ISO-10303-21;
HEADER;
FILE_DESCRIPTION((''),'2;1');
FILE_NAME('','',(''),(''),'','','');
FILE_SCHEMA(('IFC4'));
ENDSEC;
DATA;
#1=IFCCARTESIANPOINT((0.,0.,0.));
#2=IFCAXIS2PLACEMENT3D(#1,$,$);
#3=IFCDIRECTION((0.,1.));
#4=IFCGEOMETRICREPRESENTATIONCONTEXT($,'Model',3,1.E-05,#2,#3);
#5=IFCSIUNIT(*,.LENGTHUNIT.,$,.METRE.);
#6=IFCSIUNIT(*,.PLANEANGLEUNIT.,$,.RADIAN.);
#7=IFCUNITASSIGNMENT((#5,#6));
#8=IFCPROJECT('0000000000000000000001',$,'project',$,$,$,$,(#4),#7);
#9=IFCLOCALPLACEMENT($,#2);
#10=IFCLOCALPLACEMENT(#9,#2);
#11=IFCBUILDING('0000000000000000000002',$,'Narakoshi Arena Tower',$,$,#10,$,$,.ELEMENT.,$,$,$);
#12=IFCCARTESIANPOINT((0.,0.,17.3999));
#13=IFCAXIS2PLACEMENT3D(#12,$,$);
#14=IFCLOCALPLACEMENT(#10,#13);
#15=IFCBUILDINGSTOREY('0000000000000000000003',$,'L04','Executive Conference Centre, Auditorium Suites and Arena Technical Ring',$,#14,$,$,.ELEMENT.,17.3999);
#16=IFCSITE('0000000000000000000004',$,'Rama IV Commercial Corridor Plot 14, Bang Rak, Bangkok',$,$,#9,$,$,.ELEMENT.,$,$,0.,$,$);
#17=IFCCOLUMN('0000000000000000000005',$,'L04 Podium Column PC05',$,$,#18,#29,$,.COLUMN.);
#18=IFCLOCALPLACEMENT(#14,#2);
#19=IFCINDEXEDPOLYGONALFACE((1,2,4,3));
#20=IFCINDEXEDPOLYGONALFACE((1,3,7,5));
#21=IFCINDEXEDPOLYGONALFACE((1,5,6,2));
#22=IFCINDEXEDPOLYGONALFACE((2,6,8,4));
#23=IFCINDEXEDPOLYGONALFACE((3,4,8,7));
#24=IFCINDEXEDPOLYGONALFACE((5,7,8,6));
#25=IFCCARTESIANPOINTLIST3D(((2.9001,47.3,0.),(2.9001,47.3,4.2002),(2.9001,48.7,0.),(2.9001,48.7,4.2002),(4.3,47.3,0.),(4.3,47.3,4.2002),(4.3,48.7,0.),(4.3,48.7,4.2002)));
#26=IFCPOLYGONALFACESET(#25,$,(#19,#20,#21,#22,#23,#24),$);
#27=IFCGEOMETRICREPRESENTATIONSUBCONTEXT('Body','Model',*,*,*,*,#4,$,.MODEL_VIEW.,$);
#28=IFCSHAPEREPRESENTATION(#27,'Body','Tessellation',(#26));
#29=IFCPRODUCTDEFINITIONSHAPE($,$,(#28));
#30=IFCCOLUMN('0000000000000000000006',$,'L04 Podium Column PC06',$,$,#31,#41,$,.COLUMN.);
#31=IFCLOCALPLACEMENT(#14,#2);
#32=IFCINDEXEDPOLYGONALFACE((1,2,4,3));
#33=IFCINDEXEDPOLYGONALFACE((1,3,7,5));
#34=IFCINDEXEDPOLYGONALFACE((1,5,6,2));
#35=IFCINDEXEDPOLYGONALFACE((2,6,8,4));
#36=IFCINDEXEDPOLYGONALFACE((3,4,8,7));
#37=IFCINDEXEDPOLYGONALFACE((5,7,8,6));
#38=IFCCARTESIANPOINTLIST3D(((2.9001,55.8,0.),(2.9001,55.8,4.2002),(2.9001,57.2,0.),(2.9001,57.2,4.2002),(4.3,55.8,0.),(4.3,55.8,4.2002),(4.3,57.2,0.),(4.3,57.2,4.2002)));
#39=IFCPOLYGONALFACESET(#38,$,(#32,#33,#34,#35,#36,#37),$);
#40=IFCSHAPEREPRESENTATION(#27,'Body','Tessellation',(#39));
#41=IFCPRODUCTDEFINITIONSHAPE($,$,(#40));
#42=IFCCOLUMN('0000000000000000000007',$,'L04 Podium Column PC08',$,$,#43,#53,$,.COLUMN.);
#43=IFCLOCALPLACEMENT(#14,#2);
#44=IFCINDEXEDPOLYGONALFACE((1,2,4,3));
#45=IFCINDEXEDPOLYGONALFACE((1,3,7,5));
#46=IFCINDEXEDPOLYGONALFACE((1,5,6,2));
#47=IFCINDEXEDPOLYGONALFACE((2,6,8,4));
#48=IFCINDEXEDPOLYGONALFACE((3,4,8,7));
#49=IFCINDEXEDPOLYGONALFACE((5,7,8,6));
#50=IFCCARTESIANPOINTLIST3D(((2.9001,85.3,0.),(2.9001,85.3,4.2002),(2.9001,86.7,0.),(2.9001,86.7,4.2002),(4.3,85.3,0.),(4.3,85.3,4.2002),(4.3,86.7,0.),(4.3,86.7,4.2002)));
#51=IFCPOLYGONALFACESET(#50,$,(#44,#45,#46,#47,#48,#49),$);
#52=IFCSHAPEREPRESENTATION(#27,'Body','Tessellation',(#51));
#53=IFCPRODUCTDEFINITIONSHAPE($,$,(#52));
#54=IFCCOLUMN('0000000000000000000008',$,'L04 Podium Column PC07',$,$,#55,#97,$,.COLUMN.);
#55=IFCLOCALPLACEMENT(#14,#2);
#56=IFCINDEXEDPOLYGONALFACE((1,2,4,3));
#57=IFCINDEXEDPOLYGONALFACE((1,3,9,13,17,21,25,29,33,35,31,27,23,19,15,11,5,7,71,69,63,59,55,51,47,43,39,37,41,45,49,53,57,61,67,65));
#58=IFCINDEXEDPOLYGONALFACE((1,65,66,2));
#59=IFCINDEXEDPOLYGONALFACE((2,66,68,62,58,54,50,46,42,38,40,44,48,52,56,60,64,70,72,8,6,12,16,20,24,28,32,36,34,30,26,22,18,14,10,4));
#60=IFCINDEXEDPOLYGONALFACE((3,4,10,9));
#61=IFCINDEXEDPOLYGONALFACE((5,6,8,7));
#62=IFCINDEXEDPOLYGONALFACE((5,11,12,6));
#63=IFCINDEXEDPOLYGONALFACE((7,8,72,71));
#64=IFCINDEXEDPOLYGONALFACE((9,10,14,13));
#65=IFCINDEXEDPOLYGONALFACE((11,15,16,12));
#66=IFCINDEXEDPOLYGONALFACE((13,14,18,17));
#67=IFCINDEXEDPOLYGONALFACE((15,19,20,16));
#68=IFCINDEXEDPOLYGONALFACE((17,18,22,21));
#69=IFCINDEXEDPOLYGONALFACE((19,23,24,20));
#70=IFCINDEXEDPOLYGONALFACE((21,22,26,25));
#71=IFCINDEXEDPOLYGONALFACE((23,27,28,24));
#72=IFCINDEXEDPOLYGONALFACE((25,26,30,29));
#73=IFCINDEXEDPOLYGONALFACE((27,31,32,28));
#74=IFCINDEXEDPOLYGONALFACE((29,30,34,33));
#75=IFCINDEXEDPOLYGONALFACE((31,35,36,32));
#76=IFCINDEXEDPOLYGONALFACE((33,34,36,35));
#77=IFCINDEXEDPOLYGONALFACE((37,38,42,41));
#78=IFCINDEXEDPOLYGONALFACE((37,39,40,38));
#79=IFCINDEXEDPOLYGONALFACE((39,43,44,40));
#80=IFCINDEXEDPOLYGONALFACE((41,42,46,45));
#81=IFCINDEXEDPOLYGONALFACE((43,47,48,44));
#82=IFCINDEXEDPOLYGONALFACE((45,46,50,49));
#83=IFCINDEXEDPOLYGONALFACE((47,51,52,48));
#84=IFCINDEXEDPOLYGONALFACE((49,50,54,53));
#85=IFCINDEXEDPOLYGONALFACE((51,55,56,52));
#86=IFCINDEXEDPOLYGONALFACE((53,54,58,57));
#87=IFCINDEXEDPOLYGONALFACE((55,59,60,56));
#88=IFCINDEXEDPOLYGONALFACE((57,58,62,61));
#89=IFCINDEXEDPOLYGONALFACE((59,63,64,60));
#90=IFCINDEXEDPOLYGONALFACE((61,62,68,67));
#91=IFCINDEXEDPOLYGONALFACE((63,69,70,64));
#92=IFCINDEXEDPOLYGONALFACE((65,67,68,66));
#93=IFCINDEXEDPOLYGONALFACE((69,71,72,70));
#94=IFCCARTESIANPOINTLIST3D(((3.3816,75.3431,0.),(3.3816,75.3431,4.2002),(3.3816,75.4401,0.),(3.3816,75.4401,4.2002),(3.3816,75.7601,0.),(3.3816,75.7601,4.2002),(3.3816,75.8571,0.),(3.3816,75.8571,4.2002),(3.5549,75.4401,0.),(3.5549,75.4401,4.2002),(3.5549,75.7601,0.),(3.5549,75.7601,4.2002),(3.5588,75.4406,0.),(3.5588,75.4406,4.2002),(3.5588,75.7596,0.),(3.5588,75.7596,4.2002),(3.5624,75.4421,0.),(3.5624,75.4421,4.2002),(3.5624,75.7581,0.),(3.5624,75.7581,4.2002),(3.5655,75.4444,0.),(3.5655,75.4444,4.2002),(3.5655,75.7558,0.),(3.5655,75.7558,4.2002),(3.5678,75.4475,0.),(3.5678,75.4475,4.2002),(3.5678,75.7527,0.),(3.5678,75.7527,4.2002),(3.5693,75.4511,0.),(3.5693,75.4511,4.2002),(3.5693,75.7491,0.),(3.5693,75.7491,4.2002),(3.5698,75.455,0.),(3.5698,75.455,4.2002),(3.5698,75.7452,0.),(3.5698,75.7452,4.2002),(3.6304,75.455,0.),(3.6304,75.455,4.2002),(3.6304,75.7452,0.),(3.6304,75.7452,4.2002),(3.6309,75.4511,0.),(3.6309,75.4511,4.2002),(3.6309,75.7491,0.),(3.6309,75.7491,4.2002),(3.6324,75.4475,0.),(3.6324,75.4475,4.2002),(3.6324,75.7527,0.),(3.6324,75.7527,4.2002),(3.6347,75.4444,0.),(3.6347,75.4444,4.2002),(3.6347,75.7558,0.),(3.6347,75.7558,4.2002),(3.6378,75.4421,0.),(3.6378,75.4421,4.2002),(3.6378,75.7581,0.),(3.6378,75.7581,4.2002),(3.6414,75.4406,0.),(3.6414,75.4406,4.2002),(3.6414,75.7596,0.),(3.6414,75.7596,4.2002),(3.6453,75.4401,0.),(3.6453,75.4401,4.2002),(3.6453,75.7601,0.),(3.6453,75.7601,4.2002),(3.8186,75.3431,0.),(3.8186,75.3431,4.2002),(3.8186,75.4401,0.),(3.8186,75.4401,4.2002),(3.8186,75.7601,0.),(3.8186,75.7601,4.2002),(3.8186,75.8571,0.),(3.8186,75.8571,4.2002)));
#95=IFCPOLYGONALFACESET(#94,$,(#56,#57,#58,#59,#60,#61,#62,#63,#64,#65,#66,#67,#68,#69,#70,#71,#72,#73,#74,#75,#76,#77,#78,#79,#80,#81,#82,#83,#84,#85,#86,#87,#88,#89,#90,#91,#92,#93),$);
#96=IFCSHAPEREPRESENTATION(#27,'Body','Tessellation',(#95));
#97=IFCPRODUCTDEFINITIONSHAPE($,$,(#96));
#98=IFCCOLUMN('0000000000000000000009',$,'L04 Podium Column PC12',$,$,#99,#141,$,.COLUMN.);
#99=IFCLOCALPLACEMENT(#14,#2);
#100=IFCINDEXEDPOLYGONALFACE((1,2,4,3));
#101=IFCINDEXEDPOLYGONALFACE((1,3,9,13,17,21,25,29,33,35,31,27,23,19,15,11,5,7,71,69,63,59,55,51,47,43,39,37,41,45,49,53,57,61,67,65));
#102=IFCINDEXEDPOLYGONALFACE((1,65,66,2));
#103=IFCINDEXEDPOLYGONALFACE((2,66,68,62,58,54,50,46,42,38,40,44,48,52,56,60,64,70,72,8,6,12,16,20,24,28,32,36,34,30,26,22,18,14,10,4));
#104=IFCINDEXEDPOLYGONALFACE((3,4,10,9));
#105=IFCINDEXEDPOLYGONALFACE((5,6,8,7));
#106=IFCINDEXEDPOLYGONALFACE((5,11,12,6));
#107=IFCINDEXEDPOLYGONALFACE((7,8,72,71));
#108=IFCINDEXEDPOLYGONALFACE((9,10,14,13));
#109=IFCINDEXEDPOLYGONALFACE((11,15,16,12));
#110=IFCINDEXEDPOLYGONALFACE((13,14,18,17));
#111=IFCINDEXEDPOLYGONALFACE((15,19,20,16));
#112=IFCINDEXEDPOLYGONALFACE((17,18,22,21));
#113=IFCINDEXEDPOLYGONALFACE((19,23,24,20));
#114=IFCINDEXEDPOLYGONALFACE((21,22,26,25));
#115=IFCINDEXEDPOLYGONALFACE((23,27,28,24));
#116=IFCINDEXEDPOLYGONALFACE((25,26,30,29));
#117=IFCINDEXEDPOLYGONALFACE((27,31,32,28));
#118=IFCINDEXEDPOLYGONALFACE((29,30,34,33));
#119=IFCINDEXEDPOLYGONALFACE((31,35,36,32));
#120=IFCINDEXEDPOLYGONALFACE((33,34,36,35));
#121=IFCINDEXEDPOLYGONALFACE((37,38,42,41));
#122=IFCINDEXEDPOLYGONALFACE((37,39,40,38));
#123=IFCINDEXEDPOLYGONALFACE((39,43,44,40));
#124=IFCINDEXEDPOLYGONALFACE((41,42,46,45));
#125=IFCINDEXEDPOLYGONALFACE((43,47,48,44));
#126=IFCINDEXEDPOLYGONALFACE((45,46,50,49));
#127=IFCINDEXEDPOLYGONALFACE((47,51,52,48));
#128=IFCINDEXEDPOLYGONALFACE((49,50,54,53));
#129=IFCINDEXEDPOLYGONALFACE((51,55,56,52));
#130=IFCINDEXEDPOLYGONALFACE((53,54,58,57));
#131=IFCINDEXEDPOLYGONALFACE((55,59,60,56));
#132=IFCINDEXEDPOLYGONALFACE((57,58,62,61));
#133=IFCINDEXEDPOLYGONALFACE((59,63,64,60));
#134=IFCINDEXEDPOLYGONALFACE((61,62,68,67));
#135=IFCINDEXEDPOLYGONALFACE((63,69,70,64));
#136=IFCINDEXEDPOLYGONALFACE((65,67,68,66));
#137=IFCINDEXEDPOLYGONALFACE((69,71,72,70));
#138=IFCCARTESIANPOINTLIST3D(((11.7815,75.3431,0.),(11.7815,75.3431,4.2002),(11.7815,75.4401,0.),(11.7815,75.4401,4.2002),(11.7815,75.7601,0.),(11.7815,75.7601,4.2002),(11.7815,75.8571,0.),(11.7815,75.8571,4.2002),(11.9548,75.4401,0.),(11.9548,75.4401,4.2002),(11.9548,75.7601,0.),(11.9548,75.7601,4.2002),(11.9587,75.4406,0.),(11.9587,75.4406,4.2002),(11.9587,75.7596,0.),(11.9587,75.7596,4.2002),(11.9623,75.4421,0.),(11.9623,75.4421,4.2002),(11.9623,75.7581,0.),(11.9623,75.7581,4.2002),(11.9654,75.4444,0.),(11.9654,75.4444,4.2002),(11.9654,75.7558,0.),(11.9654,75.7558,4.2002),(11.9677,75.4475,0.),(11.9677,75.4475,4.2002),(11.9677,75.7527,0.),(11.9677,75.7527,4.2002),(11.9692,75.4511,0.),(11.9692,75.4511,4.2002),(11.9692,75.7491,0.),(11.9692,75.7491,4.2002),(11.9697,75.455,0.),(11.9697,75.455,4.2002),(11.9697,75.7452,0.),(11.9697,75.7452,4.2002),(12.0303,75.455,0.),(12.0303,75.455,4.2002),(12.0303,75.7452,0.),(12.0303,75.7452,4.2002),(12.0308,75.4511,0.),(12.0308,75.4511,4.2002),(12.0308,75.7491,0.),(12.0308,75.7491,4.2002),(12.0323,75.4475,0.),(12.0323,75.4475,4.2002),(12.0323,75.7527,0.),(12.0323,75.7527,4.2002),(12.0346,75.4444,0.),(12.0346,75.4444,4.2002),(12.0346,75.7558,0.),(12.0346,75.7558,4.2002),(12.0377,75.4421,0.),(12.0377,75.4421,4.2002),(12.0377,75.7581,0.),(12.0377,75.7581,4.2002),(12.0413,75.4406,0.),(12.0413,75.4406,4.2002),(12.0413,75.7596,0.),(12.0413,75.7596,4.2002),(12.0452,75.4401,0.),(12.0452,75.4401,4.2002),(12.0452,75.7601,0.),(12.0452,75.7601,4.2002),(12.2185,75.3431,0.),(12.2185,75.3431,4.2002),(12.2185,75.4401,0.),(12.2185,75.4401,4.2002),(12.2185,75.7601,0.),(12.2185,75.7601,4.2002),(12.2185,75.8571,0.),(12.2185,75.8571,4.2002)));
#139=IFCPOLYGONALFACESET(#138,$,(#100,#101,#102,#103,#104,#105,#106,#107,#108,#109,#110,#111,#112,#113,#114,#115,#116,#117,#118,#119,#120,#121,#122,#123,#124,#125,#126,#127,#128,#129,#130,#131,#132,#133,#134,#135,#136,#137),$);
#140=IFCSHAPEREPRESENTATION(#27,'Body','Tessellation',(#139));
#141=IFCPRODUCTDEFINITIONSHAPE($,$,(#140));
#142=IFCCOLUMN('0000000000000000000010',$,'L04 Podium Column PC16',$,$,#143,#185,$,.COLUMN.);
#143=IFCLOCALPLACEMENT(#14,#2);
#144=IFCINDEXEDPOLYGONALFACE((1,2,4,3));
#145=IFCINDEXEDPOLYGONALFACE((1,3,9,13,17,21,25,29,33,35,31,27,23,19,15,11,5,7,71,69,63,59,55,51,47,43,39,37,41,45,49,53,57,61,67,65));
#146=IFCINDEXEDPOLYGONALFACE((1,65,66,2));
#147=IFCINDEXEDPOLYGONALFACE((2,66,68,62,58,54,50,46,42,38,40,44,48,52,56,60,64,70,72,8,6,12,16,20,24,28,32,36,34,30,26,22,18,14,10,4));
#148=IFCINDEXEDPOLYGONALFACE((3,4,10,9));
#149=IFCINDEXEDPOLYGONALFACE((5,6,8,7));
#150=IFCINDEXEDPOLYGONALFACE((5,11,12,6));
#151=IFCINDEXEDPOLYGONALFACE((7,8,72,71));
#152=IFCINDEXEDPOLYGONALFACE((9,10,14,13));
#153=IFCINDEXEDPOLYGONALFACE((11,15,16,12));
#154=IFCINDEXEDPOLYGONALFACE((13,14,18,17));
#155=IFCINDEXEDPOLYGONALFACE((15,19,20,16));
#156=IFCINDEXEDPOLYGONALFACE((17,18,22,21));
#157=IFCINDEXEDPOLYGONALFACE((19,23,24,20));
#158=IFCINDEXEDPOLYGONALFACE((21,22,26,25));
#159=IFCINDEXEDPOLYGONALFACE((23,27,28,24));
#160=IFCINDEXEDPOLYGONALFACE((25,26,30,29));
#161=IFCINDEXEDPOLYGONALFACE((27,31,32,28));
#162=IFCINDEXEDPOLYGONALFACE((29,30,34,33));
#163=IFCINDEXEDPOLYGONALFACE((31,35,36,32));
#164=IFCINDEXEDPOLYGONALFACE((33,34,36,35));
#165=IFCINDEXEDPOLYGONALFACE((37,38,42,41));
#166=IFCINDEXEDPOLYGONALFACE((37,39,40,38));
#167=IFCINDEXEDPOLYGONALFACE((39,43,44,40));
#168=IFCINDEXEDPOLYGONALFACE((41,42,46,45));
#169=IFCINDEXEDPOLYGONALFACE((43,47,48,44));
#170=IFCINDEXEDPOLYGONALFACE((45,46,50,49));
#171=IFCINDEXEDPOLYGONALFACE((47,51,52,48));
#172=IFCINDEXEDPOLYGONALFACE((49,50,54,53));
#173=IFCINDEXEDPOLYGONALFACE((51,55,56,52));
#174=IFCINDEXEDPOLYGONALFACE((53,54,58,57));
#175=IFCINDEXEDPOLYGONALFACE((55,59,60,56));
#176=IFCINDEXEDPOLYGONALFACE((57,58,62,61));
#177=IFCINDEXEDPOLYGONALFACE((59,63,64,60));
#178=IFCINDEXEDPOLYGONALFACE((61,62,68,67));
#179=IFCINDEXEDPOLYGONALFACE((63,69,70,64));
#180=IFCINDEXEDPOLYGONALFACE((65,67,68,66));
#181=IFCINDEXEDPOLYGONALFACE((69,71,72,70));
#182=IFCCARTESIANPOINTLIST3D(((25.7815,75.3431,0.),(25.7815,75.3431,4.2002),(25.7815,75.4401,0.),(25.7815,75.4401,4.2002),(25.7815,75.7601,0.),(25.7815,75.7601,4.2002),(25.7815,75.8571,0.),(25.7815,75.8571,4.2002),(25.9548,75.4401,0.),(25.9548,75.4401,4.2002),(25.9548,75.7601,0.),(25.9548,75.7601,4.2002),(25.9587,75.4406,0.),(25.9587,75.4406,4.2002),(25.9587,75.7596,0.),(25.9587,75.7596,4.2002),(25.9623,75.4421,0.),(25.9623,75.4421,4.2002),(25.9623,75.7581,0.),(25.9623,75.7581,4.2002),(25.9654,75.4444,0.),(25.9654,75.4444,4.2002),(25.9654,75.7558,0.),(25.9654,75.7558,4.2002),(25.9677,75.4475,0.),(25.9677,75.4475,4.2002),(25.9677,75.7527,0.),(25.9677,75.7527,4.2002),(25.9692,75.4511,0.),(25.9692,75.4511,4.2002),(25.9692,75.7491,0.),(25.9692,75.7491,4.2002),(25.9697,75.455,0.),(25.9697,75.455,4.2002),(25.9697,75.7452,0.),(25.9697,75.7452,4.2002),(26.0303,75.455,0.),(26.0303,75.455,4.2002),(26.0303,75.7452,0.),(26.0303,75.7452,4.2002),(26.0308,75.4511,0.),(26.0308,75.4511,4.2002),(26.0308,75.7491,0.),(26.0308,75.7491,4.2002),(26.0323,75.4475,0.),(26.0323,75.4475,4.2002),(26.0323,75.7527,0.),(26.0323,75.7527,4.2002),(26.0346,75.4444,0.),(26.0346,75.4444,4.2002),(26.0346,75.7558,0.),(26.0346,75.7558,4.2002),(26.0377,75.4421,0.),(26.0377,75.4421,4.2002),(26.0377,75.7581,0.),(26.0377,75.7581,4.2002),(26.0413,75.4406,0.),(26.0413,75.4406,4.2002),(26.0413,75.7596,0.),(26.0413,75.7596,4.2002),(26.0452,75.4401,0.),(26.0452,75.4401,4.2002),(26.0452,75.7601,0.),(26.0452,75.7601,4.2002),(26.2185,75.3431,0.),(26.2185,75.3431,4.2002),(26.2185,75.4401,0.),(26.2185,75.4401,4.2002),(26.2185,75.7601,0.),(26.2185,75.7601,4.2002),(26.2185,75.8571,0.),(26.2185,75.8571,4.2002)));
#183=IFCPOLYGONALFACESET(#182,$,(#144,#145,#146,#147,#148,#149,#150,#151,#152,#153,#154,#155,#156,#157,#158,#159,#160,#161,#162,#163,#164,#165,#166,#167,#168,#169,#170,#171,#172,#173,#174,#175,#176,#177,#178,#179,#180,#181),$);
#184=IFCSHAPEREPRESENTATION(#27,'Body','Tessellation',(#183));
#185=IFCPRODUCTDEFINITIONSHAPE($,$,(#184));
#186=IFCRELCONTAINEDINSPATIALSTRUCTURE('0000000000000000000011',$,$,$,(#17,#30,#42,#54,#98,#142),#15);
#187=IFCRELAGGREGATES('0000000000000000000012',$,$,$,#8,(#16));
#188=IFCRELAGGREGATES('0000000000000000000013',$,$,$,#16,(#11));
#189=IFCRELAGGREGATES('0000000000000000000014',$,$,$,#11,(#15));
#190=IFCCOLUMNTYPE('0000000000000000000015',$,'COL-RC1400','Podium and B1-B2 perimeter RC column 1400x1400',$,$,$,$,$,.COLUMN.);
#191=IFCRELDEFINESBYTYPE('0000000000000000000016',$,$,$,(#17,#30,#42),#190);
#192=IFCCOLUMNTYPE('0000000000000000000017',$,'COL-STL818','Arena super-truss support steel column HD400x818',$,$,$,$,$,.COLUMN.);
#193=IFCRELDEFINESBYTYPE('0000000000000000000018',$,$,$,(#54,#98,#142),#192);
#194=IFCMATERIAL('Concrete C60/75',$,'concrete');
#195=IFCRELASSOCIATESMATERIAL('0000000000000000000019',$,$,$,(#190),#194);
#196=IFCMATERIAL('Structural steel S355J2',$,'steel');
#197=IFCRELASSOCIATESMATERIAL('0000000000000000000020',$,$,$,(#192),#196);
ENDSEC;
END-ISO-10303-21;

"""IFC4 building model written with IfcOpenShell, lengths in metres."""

from ifc_helpers import new_model, si_unit, direction, frame, origin, origin_2d, place, context, subcontext, project, spatial, rectangle, i_section, extrude, material, material_profile, profile_set, type_object, element, save


model = new_model("IFC4")

# Units and contexts
model_context = context("Model", 3, precision=1e-05, world=origin(), true_north=direction((0.0, 1.0)))
body_context = subcontext(model_context, "Body", "Model", "MODEL_VIEW")
ifc_project = project(units=[si_unit("LENGTHUNIT", "METRE"), si_unit("PLANEANGLEUNIT", "RADIAN")], contexts=[model_context])

# Site, building, storey
site_placement = place(None, origin())
site = spatial("IfcSite", under=ifc_project, at=site_placement, Name="Rama IV Commercial Corridor Plot 14, Bang Rak, Bangkok", CompositionType="ELEMENT", RefElevation=0.0)
building_placement = place(site_placement, origin())
building = spatial("IfcBuilding", under=site, at=building_placement, Name="Narakoshi Arena Tower", CompositionType="ELEMENT")
storey_placement = place(building_placement, frame((0.0, 0.0, 17.3999)))
storey = spatial("IfcBuildingStorey", under=building, at=storey_placement, Name="L04", Description="Executive Conference Centre, Auditorium Suites and Arena Technical Ring", CompositionType="ELEMENT", Elevation=17.3999)

# Columns
ifc_material_1 = material(Name="Concrete C60/75", Category="concrete")
ifc_material_profile_1 = material_profile(ifc_material_1, rectangle(XDim=1.3999, YDim=1.3999, at=origin_2d()), Name="RC1400x1400")
ifc_profile_set_1 = profile_set([ifc_material_profile_1], Name="Concrete C60/75")
column_type_1 = type_object("IfcColumnType", Name="COL-RC1400", Description="Podium and B1-B2 perimeter RC column 1400x1400", PredefinedType="COLUMN", material=ifc_profile_set_1)
for number, where, z_axis, x_axis, name in (
    (1, (3.6001, 48.0, 0.0), (0.0, 0.0, 1.0), (1.0, 0.0, 0.0), "L04 Podium Column PC05"),
    (2, (3.6001, 56.5, 0.0), (0.0, 0.0, 1.0), (1.0, 0.0, 0.0), "L04 Podium Column PC06"),
    (3, (3.6001, 86.0, 0.0), (0.0, 0.0, 1.0), (1.0, 0.0, 0.0), "L04 Podium Column PC08"),
):
    element("IfcColumn", number, at=place(storey_placement, frame(where, z_axis=z_axis, x_axis=x_axis)), inside=storey, type_object=column_type_1, Name=name, PredefinedType="COLUMN", context=body_context, shape_type="SweptSolid", body=[
        extrude(rectangle(XDim=1.3999, YDim=1.3999, at=origin_2d()), origin(), (0.0, 0.0, 1.0), 4.2002),
    ])
ifc_material_2 = material(Name="Structural steel S355J2", Category="steel")
ifc_material_profile_2 = material_profile(ifc_material_2, i_section(OverallWidth=0.437, OverallDepth=0.5139, WebThickness=0.0605, FlangeThickness=0.0969, FilletRadius=0.0149, at=origin_2d()), Name="HD400x818")
ifc_profile_set_2 = profile_set([ifc_material_profile_2], Name="Structural steel S355J2")
column_type_2 = type_object("IfcColumnType", Name="COL-STL818", Description="Arena super-truss support steel column HD400x818", PredefinedType="COLUMN", material=ifc_profile_set_2)
for number, where, z_axis, x_axis, name in (
    (4, (3.6001, 75.6001, 0.0), (0.0, 0.0, 1.0), (1.0, 0.0, 0.0), "L04 Podium Column PC07"),
    (5, (12.0, 75.6001, 0.0), (0.0, 0.0, 1.0), (1.0, 0.0, 0.0), "L04 Podium Column PC12"),
    (6, (26.0, 75.6001, 0.0), (0.0, 0.0, 1.0), (1.0, 0.0, 0.0), "L04 Podium Column PC16"),
):
    element("IfcColumn", number, at=place(storey_placement, frame(where, z_axis=z_axis, x_axis=x_axis)), inside=storey, type_object=column_type_2, Name=name, PredefinedType="COLUMN", context=body_context, shape_type="SweptSolid", body=[
        extrude(i_section(OverallWidth=0.437, OverallDepth=0.5139, WebThickness=0.0605, FlangeThickness=0.0969, FilletRadius=0.0149, at=origin_2d()), origin(), (0.0, 0.0, 1.0), 4.2002),
    ])

save(model, "model.ifc")
